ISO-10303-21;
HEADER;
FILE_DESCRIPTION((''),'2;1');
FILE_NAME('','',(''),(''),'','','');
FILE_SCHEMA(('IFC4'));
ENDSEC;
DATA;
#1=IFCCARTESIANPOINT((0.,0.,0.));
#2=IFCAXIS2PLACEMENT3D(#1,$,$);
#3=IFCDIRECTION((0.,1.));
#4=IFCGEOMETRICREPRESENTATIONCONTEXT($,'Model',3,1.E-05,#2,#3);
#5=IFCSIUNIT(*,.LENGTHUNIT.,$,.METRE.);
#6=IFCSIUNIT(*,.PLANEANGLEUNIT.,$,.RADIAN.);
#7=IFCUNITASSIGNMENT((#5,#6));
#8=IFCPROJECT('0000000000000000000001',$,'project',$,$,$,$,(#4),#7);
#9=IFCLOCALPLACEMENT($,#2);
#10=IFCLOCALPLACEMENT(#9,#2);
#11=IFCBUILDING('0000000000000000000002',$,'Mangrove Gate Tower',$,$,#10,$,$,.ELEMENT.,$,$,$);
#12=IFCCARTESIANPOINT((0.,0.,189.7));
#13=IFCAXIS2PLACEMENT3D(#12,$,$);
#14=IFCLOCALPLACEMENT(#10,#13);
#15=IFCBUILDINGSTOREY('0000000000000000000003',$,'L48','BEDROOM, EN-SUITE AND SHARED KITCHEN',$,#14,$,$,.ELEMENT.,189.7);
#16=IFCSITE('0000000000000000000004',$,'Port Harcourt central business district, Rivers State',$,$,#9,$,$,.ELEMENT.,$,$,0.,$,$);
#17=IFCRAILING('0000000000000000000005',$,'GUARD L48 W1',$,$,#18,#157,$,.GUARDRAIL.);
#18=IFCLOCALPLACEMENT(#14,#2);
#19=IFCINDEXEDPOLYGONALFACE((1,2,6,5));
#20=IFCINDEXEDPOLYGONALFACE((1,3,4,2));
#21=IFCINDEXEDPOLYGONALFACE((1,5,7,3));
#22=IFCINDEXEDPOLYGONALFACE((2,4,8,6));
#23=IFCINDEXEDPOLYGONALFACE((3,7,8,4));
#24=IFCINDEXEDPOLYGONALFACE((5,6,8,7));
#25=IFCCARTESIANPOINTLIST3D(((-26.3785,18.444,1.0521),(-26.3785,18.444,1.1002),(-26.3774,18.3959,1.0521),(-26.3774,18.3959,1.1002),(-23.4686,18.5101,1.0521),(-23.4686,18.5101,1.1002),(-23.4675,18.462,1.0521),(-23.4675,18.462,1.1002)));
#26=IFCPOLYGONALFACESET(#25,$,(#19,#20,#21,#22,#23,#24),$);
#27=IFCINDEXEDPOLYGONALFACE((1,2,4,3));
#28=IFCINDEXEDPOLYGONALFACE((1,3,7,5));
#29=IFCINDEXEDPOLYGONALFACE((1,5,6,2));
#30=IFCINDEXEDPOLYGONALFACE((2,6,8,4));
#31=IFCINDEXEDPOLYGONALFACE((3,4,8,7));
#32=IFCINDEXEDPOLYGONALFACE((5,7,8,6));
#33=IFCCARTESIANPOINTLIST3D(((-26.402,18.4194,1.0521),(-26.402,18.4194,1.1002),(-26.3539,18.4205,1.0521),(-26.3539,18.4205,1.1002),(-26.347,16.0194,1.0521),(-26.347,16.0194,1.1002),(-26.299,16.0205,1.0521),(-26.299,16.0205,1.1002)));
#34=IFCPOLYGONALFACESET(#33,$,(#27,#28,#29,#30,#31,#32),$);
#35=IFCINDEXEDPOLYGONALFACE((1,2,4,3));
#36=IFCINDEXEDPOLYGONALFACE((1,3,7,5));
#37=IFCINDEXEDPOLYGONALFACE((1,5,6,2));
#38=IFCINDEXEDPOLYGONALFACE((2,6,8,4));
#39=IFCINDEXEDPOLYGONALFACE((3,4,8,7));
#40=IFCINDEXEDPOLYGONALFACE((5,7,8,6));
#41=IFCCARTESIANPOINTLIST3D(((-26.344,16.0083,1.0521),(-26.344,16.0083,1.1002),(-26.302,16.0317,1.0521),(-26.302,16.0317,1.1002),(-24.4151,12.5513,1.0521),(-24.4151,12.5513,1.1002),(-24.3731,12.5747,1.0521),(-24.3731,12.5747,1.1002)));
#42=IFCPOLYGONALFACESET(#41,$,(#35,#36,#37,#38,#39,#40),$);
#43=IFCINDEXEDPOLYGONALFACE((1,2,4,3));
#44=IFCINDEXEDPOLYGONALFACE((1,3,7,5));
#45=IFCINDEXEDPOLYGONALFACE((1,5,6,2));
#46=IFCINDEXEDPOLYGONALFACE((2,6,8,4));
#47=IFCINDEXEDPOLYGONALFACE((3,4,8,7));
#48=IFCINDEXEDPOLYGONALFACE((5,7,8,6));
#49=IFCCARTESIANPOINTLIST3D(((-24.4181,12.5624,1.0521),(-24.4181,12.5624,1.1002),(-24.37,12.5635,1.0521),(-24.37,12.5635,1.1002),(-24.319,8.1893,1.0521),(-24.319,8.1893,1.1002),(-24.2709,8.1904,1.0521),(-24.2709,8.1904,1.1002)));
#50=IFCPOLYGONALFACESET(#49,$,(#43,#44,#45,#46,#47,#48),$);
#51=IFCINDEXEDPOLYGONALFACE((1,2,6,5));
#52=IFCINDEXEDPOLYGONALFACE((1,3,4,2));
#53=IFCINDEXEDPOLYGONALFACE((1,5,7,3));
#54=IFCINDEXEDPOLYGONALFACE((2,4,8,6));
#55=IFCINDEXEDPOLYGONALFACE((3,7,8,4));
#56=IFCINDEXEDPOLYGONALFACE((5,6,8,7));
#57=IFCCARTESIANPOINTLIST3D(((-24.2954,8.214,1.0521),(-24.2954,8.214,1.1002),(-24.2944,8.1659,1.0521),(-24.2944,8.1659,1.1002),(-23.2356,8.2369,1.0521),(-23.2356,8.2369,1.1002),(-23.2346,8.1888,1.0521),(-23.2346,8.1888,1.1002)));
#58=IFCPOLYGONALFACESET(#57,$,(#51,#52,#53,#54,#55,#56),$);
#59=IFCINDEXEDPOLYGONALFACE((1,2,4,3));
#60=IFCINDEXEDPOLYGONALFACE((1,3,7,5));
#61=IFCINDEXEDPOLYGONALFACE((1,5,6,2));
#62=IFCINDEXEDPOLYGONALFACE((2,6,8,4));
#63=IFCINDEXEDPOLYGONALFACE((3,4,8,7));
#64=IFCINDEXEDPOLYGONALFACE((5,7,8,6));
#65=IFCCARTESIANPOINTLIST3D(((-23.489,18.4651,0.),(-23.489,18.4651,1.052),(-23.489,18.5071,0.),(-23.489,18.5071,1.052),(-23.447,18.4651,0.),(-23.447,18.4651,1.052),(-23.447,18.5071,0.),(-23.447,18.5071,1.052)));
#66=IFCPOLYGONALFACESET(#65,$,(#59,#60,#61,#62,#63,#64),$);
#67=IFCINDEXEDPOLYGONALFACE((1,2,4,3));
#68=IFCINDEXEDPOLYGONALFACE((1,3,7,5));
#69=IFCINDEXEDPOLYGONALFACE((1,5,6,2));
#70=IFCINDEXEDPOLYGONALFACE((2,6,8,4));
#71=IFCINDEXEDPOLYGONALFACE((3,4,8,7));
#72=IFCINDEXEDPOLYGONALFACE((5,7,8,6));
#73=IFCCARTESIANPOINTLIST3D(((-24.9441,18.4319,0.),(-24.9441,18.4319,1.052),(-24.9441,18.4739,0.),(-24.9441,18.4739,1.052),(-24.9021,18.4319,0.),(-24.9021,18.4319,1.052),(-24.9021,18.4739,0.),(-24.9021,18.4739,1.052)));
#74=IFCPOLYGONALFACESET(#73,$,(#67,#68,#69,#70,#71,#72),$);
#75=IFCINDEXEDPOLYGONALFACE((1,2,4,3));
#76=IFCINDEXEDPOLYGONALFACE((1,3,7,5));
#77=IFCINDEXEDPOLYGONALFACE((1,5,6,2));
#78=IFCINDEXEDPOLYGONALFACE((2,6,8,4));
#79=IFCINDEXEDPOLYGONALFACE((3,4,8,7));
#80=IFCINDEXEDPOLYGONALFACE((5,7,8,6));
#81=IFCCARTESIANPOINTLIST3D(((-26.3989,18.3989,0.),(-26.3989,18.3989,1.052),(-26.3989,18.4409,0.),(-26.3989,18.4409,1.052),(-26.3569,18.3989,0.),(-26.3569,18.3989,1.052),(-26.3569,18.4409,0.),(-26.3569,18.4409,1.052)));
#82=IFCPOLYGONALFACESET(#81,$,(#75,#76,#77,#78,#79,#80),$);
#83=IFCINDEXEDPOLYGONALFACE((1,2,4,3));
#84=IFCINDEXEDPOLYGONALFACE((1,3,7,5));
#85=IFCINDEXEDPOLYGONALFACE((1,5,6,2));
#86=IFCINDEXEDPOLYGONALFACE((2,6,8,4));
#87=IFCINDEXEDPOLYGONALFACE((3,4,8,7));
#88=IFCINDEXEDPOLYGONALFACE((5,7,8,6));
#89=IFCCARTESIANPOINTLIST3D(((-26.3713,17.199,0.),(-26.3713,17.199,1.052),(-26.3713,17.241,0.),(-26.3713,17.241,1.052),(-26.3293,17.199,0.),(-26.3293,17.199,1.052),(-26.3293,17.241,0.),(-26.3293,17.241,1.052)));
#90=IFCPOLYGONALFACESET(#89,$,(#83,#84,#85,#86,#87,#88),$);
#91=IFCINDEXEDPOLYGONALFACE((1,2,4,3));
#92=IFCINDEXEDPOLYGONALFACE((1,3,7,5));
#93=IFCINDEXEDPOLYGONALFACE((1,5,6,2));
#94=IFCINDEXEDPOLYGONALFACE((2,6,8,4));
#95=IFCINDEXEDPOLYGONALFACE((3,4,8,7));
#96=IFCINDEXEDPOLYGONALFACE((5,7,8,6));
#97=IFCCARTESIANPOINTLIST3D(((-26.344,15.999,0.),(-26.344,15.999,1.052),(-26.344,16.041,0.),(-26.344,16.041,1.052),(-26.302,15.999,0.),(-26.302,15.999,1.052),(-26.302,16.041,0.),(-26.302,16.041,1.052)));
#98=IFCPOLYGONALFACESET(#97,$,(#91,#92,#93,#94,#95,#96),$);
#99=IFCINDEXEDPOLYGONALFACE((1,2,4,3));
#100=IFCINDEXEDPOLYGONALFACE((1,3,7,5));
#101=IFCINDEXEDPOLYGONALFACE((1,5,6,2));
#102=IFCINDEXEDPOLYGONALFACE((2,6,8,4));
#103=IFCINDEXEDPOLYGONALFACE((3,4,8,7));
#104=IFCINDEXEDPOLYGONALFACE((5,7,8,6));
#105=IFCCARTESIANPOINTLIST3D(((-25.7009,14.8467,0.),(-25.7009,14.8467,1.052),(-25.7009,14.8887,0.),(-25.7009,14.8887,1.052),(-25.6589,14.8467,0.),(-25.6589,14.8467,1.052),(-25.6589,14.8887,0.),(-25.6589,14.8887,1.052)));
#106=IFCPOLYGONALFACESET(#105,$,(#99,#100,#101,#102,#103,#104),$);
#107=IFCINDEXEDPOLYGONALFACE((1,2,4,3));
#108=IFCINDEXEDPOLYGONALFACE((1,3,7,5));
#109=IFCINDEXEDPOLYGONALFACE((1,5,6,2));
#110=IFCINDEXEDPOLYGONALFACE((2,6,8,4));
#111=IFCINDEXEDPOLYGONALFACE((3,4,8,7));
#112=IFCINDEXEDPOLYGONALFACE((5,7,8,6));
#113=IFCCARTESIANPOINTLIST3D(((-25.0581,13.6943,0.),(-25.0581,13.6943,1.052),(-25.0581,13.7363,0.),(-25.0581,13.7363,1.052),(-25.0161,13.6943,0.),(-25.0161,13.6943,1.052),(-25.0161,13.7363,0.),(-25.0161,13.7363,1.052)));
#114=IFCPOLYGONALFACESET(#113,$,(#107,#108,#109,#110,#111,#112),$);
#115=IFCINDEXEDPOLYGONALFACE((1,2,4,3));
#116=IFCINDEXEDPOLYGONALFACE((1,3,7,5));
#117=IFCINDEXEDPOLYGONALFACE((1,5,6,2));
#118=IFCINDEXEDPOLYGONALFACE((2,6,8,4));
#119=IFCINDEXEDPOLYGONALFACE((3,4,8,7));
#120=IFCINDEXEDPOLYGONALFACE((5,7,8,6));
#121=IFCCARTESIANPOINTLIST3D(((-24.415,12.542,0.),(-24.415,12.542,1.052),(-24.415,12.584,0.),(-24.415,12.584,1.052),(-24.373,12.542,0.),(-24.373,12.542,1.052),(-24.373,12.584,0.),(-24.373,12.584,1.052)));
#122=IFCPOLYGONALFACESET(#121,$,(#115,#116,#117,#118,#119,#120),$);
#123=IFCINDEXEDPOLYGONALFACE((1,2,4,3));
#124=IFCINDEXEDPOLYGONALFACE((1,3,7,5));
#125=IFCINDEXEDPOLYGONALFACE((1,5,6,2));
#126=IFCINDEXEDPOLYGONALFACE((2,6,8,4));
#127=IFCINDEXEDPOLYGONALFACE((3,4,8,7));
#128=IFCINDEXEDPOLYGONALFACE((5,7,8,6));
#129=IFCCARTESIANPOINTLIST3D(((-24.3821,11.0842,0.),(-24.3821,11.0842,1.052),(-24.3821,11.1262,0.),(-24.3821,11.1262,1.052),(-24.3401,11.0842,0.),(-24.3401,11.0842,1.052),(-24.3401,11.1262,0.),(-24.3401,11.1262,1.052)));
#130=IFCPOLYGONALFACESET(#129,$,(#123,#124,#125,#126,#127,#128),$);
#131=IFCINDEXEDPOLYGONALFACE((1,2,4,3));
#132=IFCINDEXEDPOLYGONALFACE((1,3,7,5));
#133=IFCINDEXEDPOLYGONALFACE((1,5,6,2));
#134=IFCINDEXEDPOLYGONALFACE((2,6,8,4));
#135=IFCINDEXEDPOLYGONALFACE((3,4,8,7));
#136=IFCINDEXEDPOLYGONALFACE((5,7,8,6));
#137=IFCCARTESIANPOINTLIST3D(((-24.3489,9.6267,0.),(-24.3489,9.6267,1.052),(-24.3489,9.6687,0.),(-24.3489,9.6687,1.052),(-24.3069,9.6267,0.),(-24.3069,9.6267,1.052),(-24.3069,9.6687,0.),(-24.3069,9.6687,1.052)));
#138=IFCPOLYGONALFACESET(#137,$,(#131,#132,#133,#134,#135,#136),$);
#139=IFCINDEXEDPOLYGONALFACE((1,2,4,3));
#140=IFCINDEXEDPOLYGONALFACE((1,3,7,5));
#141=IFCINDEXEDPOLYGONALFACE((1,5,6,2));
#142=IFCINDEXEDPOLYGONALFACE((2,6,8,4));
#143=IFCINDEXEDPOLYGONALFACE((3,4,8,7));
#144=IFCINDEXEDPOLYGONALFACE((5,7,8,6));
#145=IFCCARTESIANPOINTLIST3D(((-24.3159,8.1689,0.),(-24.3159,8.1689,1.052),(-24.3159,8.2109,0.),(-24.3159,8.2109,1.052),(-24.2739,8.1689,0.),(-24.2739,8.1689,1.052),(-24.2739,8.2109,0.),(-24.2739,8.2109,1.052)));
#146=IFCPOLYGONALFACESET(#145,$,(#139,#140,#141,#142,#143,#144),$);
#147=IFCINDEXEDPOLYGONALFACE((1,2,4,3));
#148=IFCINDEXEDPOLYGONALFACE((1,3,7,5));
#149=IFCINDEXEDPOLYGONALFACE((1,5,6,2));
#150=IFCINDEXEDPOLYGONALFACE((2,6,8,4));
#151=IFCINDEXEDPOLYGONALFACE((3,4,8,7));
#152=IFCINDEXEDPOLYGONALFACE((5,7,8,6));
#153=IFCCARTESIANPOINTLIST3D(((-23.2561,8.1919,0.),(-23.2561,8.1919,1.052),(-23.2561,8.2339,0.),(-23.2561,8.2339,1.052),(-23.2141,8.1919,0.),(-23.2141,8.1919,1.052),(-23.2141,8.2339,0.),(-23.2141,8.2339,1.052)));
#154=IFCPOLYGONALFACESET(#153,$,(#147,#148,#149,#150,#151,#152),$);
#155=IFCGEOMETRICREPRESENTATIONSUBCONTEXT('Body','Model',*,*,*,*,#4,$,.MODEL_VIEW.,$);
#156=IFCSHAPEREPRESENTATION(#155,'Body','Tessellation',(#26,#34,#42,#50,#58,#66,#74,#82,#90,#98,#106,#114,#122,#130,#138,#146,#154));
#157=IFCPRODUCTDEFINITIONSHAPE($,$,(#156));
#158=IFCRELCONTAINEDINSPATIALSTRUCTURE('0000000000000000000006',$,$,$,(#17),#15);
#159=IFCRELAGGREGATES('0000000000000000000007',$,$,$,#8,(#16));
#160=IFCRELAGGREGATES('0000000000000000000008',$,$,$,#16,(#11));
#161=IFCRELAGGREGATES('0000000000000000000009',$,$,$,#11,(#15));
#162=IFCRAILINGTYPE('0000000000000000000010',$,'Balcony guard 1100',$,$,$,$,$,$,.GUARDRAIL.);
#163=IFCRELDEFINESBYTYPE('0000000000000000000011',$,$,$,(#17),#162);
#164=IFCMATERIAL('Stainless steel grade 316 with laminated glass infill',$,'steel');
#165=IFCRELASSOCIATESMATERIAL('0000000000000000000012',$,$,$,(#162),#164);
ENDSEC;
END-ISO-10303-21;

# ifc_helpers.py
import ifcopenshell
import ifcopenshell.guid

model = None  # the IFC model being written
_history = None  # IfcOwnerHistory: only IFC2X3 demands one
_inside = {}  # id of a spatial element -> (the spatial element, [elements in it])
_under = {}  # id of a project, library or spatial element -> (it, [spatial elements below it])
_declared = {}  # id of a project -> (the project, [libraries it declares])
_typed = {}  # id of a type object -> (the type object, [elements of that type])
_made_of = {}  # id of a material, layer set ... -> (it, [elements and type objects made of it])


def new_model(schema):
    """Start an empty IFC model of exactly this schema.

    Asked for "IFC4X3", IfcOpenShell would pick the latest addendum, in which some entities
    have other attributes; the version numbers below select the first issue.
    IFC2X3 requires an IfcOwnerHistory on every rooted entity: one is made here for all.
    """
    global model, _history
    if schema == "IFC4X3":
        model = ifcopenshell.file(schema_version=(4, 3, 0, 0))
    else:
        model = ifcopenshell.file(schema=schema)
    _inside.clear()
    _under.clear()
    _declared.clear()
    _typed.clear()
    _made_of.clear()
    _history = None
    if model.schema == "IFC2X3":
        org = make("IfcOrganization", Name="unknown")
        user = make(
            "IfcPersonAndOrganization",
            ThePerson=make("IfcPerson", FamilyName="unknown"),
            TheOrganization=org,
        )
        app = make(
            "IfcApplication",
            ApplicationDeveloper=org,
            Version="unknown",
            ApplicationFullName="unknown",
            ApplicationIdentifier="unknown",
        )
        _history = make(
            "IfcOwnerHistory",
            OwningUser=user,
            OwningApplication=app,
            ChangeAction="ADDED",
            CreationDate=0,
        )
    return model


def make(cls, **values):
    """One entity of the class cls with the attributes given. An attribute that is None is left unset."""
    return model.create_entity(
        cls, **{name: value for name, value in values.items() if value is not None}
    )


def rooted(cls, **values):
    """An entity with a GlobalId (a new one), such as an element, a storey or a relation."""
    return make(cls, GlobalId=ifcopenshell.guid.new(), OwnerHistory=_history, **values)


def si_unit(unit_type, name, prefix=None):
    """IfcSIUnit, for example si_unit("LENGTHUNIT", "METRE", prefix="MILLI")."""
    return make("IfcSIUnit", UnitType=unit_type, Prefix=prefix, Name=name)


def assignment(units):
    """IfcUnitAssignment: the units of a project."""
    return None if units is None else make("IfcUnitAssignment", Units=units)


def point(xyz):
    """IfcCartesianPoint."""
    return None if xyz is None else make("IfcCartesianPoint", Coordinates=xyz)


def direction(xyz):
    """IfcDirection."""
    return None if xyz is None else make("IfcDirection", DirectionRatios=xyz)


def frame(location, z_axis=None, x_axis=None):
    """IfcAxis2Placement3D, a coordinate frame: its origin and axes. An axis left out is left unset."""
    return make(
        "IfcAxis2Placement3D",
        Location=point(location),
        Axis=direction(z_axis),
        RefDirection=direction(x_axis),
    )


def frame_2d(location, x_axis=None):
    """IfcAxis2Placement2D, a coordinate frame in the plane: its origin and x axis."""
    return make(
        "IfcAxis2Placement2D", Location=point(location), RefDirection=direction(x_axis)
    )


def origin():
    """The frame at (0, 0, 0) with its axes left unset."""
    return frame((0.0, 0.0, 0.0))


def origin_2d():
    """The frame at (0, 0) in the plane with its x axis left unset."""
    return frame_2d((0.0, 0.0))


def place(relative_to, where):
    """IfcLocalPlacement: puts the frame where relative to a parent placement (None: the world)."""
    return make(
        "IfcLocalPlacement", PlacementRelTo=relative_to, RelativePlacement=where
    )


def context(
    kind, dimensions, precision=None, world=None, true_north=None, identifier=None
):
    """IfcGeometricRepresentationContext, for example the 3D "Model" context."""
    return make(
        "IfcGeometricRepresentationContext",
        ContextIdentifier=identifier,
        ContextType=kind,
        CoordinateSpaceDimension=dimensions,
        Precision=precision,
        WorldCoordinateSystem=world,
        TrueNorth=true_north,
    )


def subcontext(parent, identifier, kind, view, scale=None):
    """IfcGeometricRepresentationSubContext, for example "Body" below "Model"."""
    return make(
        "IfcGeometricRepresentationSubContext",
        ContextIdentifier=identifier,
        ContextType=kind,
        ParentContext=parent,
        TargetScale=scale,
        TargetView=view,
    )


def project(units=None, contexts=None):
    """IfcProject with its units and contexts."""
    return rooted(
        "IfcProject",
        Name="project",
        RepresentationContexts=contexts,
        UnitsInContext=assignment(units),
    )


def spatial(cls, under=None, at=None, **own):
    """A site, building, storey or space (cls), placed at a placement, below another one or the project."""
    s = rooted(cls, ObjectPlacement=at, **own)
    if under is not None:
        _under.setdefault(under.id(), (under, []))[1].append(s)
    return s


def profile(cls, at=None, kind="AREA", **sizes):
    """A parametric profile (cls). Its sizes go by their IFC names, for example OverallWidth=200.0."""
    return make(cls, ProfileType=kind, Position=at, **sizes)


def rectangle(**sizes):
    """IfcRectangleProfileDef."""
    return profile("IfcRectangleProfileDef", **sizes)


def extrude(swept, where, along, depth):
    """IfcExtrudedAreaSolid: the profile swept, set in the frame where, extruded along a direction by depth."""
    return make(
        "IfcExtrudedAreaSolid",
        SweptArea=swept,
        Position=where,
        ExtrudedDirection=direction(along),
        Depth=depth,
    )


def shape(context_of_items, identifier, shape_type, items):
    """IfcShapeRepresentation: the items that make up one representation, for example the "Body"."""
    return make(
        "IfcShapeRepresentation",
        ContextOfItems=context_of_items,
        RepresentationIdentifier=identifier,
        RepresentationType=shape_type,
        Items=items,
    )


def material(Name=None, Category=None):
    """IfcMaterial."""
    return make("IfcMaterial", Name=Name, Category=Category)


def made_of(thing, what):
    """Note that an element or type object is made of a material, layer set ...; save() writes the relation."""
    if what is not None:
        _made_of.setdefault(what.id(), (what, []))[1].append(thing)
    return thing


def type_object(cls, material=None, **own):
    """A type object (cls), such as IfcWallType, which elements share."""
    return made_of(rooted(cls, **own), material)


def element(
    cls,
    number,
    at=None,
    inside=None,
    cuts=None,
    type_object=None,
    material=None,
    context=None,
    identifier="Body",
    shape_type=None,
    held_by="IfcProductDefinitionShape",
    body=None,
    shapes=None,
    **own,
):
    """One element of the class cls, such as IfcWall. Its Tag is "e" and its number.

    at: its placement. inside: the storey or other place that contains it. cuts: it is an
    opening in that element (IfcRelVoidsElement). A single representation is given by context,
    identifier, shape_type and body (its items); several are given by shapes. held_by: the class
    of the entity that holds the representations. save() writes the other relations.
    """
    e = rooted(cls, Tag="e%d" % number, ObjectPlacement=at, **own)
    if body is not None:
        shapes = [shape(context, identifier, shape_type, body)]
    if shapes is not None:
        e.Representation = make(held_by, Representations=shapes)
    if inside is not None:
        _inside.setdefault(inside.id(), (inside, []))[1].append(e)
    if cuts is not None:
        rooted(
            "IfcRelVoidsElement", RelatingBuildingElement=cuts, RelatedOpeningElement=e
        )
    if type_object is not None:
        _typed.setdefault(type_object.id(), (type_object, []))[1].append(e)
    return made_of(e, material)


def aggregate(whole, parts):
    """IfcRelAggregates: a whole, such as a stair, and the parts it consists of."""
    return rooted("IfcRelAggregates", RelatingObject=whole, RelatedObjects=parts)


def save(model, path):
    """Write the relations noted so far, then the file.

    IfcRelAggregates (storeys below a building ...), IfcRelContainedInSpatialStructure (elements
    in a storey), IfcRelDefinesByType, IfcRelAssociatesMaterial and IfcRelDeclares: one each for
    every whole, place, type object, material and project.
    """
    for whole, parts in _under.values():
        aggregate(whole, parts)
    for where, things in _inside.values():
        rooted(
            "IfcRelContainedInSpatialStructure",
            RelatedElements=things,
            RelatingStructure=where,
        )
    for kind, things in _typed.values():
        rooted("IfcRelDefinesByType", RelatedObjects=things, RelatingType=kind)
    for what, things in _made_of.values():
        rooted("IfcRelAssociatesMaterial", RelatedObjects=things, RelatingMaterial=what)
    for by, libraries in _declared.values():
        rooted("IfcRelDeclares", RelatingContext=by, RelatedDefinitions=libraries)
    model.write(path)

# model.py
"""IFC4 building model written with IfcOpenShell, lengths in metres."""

from ifc_helpers import new_model, si_unit, direction, frame, origin, origin_2d, place, context, subcontext, project, spatial, rectangle, extrude, material, type_object, element, save


model = new_model("IFC4")

# Units and contexts
model_context = context("Model", 3, precision=1e-05, world=origin(), true_north=direction((0.0, 1.0)))
body_context = subcontext(model_context, "Body", "Model", "MODEL_VIEW")
ifc_project = project(units=[si_unit("LENGTHUNIT", "METRE"), si_unit("PLANEANGLEUNIT", "RADIAN")], contexts=[model_context])

# Site, building, storey
site_placement = place(None, origin())
site = spatial("IfcSite", under=ifc_project, at=site_placement, Name="Port Harcourt central business district, Rivers State", CompositionType="ELEMENT", RefElevation=0.0)
building_placement = place(site_placement, origin())
building = spatial("IfcBuilding", under=site, at=building_placement, Name="Mangrove Gate Tower", CompositionType="ELEMENT")
storey_placement = place(building_placement, frame((0.0, 0.0, 189.7)))
storey = spatial("IfcBuildingStorey", under=building, at=storey_placement, Name="L48", Description="BEDROOM, EN-SUITE AND SHARED KITCHEN", CompositionType="ELEMENT", Elevation=189.7)

# Railing
ifc_material_1 = material(Name="Stainless steel grade 316 with laminated glass infill", Category="steel")
railing_type = type_object("IfcRailingType", Name="Balcony guard 1100", PredefinedType="GUARDRAIL", material=ifc_material_1)
railing_placement = place(storey_placement, frame((-23.468, 18.4861, 0.0)))
element("IfcRailing", 1, at=railing_placement, inside=storey, type_object=railing_type, Name="GUARD L48 W1", PredefinedType="GUARDRAIL", context=body_context, shape_type="SweptSolid", body=[
    extrude(rectangle(XDim=0.0481, YDim=0.0481, at=origin_2d()), frame((0.0, 0.0, 1.0762), z_axis=(-0.999742, -0.022731, 0.0), x_axis=(0.022731, -0.999742, 0.0)), (0.0, 0.0, 1.0), 2.9106),
    extrude(rectangle(XDim=0.0481, YDim=0.0481, at=origin_2d()), frame((-2.9099, -0.0662, 1.0762), z_axis=(0.022883, -0.999738, 0.0), x_axis=(0.999738, 0.022883, 0.0)), (0.0, 0.0, 1.0), 2.4006),
    extrude(rectangle(XDim=0.0481, YDim=0.0481, at=origin_2d()), frame((-2.855, -2.4661, 1.0762), z_axis=(0.48726, -0.873257, 0.0), x_axis=(0.873257, 0.48726, 0.0)), (0.0, 0.0, 1.0), 3.9587),
    extrude(rectangle(XDim=0.0481, YDim=0.0481, at=origin_2d()), frame((-0.926, -5.9231, 1.0762), z_axis=(0.022661, -0.999743, 0.0), x_axis=(0.999743, 0.022661, 0.0)), (0.0, 0.0, 1.0), 4.3743),
    extrude(rectangle(XDim=0.0481, YDim=0.0481, at=origin_2d()), frame((-0.8269, -10.2961, 1.0762), z_axis=(0.999766, 0.021649, 0.0), x_axis=(-0.021649, 0.999766, 0.0)), (0.0, 0.0, 1.0), 1.0601),
    extrude(rectangle(XDim=0.042, YDim=0.042, at=origin_2d()), origin(), (0.0, 0.0, 1.0), 1.052),
    extrude(rectangle(XDim=0.042, YDim=0.042, at=origin_2d()), frame((-1.4551, -0.0332, 0.0)), (0.0, 0.0, 1.0), 1.052),
    extrude(rectangle(XDim=0.042, YDim=0.042, at=origin_2d()), frame((-2.9099, -0.0662, 0.0)), (0.0, 0.0, 1.0), 1.052),
    extrude(rectangle(XDim=0.042, YDim=0.042, at=origin_2d()), frame((-2.8823, -1.2661, 0.0)), (0.0, 0.0, 1.0), 1.052),
    extrude(rectangle(XDim=0.042, YDim=0.042, at=origin_2d()), frame((-2.855, -2.4661, 0.0)), (0.0, 0.0, 1.0), 1.052),
    extrude(rectangle(XDim=0.042, YDim=0.042, at=origin_2d()), frame((-2.2119, -3.6184, 0.0)), (0.0, 0.0, 1.0), 1.052),
    extrude(rectangle(XDim=0.042, YDim=0.042, at=origin_2d()), frame((-1.5691, -4.7708, 0.0)), (0.0, 0.0, 1.0), 1.052),
    extrude(rectangle(XDim=0.042, YDim=0.042, at=origin_2d()), frame((-0.926, -5.9231, 0.0)), (0.0, 0.0, 1.0), 1.052),
    extrude(rectangle(XDim=0.042, YDim=0.042, at=origin_2d()), frame((-0.8931, -7.3809, 0.0)), (0.0, 0.0, 1.0), 1.052),
    extrude(rectangle(XDim=0.042, YDim=0.042, at=origin_2d()), frame((-0.8599, -8.8384, 0.0)), (0.0, 0.0, 1.0), 1.052),
    extrude(rectangle(XDim=0.042, YDim=0.042, at=origin_2d()), frame((-0.8269, -10.2961, 0.0)), (0.0, 0.0, 1.0), 1.052),
    extrude(rectangle(XDim=0.042, YDim=0.042, at=origin_2d()), frame((0.2329, -10.2732, 0.0)), (0.0, 0.0, 1.0), 1.052),
])

save(model, "model.ifc")
